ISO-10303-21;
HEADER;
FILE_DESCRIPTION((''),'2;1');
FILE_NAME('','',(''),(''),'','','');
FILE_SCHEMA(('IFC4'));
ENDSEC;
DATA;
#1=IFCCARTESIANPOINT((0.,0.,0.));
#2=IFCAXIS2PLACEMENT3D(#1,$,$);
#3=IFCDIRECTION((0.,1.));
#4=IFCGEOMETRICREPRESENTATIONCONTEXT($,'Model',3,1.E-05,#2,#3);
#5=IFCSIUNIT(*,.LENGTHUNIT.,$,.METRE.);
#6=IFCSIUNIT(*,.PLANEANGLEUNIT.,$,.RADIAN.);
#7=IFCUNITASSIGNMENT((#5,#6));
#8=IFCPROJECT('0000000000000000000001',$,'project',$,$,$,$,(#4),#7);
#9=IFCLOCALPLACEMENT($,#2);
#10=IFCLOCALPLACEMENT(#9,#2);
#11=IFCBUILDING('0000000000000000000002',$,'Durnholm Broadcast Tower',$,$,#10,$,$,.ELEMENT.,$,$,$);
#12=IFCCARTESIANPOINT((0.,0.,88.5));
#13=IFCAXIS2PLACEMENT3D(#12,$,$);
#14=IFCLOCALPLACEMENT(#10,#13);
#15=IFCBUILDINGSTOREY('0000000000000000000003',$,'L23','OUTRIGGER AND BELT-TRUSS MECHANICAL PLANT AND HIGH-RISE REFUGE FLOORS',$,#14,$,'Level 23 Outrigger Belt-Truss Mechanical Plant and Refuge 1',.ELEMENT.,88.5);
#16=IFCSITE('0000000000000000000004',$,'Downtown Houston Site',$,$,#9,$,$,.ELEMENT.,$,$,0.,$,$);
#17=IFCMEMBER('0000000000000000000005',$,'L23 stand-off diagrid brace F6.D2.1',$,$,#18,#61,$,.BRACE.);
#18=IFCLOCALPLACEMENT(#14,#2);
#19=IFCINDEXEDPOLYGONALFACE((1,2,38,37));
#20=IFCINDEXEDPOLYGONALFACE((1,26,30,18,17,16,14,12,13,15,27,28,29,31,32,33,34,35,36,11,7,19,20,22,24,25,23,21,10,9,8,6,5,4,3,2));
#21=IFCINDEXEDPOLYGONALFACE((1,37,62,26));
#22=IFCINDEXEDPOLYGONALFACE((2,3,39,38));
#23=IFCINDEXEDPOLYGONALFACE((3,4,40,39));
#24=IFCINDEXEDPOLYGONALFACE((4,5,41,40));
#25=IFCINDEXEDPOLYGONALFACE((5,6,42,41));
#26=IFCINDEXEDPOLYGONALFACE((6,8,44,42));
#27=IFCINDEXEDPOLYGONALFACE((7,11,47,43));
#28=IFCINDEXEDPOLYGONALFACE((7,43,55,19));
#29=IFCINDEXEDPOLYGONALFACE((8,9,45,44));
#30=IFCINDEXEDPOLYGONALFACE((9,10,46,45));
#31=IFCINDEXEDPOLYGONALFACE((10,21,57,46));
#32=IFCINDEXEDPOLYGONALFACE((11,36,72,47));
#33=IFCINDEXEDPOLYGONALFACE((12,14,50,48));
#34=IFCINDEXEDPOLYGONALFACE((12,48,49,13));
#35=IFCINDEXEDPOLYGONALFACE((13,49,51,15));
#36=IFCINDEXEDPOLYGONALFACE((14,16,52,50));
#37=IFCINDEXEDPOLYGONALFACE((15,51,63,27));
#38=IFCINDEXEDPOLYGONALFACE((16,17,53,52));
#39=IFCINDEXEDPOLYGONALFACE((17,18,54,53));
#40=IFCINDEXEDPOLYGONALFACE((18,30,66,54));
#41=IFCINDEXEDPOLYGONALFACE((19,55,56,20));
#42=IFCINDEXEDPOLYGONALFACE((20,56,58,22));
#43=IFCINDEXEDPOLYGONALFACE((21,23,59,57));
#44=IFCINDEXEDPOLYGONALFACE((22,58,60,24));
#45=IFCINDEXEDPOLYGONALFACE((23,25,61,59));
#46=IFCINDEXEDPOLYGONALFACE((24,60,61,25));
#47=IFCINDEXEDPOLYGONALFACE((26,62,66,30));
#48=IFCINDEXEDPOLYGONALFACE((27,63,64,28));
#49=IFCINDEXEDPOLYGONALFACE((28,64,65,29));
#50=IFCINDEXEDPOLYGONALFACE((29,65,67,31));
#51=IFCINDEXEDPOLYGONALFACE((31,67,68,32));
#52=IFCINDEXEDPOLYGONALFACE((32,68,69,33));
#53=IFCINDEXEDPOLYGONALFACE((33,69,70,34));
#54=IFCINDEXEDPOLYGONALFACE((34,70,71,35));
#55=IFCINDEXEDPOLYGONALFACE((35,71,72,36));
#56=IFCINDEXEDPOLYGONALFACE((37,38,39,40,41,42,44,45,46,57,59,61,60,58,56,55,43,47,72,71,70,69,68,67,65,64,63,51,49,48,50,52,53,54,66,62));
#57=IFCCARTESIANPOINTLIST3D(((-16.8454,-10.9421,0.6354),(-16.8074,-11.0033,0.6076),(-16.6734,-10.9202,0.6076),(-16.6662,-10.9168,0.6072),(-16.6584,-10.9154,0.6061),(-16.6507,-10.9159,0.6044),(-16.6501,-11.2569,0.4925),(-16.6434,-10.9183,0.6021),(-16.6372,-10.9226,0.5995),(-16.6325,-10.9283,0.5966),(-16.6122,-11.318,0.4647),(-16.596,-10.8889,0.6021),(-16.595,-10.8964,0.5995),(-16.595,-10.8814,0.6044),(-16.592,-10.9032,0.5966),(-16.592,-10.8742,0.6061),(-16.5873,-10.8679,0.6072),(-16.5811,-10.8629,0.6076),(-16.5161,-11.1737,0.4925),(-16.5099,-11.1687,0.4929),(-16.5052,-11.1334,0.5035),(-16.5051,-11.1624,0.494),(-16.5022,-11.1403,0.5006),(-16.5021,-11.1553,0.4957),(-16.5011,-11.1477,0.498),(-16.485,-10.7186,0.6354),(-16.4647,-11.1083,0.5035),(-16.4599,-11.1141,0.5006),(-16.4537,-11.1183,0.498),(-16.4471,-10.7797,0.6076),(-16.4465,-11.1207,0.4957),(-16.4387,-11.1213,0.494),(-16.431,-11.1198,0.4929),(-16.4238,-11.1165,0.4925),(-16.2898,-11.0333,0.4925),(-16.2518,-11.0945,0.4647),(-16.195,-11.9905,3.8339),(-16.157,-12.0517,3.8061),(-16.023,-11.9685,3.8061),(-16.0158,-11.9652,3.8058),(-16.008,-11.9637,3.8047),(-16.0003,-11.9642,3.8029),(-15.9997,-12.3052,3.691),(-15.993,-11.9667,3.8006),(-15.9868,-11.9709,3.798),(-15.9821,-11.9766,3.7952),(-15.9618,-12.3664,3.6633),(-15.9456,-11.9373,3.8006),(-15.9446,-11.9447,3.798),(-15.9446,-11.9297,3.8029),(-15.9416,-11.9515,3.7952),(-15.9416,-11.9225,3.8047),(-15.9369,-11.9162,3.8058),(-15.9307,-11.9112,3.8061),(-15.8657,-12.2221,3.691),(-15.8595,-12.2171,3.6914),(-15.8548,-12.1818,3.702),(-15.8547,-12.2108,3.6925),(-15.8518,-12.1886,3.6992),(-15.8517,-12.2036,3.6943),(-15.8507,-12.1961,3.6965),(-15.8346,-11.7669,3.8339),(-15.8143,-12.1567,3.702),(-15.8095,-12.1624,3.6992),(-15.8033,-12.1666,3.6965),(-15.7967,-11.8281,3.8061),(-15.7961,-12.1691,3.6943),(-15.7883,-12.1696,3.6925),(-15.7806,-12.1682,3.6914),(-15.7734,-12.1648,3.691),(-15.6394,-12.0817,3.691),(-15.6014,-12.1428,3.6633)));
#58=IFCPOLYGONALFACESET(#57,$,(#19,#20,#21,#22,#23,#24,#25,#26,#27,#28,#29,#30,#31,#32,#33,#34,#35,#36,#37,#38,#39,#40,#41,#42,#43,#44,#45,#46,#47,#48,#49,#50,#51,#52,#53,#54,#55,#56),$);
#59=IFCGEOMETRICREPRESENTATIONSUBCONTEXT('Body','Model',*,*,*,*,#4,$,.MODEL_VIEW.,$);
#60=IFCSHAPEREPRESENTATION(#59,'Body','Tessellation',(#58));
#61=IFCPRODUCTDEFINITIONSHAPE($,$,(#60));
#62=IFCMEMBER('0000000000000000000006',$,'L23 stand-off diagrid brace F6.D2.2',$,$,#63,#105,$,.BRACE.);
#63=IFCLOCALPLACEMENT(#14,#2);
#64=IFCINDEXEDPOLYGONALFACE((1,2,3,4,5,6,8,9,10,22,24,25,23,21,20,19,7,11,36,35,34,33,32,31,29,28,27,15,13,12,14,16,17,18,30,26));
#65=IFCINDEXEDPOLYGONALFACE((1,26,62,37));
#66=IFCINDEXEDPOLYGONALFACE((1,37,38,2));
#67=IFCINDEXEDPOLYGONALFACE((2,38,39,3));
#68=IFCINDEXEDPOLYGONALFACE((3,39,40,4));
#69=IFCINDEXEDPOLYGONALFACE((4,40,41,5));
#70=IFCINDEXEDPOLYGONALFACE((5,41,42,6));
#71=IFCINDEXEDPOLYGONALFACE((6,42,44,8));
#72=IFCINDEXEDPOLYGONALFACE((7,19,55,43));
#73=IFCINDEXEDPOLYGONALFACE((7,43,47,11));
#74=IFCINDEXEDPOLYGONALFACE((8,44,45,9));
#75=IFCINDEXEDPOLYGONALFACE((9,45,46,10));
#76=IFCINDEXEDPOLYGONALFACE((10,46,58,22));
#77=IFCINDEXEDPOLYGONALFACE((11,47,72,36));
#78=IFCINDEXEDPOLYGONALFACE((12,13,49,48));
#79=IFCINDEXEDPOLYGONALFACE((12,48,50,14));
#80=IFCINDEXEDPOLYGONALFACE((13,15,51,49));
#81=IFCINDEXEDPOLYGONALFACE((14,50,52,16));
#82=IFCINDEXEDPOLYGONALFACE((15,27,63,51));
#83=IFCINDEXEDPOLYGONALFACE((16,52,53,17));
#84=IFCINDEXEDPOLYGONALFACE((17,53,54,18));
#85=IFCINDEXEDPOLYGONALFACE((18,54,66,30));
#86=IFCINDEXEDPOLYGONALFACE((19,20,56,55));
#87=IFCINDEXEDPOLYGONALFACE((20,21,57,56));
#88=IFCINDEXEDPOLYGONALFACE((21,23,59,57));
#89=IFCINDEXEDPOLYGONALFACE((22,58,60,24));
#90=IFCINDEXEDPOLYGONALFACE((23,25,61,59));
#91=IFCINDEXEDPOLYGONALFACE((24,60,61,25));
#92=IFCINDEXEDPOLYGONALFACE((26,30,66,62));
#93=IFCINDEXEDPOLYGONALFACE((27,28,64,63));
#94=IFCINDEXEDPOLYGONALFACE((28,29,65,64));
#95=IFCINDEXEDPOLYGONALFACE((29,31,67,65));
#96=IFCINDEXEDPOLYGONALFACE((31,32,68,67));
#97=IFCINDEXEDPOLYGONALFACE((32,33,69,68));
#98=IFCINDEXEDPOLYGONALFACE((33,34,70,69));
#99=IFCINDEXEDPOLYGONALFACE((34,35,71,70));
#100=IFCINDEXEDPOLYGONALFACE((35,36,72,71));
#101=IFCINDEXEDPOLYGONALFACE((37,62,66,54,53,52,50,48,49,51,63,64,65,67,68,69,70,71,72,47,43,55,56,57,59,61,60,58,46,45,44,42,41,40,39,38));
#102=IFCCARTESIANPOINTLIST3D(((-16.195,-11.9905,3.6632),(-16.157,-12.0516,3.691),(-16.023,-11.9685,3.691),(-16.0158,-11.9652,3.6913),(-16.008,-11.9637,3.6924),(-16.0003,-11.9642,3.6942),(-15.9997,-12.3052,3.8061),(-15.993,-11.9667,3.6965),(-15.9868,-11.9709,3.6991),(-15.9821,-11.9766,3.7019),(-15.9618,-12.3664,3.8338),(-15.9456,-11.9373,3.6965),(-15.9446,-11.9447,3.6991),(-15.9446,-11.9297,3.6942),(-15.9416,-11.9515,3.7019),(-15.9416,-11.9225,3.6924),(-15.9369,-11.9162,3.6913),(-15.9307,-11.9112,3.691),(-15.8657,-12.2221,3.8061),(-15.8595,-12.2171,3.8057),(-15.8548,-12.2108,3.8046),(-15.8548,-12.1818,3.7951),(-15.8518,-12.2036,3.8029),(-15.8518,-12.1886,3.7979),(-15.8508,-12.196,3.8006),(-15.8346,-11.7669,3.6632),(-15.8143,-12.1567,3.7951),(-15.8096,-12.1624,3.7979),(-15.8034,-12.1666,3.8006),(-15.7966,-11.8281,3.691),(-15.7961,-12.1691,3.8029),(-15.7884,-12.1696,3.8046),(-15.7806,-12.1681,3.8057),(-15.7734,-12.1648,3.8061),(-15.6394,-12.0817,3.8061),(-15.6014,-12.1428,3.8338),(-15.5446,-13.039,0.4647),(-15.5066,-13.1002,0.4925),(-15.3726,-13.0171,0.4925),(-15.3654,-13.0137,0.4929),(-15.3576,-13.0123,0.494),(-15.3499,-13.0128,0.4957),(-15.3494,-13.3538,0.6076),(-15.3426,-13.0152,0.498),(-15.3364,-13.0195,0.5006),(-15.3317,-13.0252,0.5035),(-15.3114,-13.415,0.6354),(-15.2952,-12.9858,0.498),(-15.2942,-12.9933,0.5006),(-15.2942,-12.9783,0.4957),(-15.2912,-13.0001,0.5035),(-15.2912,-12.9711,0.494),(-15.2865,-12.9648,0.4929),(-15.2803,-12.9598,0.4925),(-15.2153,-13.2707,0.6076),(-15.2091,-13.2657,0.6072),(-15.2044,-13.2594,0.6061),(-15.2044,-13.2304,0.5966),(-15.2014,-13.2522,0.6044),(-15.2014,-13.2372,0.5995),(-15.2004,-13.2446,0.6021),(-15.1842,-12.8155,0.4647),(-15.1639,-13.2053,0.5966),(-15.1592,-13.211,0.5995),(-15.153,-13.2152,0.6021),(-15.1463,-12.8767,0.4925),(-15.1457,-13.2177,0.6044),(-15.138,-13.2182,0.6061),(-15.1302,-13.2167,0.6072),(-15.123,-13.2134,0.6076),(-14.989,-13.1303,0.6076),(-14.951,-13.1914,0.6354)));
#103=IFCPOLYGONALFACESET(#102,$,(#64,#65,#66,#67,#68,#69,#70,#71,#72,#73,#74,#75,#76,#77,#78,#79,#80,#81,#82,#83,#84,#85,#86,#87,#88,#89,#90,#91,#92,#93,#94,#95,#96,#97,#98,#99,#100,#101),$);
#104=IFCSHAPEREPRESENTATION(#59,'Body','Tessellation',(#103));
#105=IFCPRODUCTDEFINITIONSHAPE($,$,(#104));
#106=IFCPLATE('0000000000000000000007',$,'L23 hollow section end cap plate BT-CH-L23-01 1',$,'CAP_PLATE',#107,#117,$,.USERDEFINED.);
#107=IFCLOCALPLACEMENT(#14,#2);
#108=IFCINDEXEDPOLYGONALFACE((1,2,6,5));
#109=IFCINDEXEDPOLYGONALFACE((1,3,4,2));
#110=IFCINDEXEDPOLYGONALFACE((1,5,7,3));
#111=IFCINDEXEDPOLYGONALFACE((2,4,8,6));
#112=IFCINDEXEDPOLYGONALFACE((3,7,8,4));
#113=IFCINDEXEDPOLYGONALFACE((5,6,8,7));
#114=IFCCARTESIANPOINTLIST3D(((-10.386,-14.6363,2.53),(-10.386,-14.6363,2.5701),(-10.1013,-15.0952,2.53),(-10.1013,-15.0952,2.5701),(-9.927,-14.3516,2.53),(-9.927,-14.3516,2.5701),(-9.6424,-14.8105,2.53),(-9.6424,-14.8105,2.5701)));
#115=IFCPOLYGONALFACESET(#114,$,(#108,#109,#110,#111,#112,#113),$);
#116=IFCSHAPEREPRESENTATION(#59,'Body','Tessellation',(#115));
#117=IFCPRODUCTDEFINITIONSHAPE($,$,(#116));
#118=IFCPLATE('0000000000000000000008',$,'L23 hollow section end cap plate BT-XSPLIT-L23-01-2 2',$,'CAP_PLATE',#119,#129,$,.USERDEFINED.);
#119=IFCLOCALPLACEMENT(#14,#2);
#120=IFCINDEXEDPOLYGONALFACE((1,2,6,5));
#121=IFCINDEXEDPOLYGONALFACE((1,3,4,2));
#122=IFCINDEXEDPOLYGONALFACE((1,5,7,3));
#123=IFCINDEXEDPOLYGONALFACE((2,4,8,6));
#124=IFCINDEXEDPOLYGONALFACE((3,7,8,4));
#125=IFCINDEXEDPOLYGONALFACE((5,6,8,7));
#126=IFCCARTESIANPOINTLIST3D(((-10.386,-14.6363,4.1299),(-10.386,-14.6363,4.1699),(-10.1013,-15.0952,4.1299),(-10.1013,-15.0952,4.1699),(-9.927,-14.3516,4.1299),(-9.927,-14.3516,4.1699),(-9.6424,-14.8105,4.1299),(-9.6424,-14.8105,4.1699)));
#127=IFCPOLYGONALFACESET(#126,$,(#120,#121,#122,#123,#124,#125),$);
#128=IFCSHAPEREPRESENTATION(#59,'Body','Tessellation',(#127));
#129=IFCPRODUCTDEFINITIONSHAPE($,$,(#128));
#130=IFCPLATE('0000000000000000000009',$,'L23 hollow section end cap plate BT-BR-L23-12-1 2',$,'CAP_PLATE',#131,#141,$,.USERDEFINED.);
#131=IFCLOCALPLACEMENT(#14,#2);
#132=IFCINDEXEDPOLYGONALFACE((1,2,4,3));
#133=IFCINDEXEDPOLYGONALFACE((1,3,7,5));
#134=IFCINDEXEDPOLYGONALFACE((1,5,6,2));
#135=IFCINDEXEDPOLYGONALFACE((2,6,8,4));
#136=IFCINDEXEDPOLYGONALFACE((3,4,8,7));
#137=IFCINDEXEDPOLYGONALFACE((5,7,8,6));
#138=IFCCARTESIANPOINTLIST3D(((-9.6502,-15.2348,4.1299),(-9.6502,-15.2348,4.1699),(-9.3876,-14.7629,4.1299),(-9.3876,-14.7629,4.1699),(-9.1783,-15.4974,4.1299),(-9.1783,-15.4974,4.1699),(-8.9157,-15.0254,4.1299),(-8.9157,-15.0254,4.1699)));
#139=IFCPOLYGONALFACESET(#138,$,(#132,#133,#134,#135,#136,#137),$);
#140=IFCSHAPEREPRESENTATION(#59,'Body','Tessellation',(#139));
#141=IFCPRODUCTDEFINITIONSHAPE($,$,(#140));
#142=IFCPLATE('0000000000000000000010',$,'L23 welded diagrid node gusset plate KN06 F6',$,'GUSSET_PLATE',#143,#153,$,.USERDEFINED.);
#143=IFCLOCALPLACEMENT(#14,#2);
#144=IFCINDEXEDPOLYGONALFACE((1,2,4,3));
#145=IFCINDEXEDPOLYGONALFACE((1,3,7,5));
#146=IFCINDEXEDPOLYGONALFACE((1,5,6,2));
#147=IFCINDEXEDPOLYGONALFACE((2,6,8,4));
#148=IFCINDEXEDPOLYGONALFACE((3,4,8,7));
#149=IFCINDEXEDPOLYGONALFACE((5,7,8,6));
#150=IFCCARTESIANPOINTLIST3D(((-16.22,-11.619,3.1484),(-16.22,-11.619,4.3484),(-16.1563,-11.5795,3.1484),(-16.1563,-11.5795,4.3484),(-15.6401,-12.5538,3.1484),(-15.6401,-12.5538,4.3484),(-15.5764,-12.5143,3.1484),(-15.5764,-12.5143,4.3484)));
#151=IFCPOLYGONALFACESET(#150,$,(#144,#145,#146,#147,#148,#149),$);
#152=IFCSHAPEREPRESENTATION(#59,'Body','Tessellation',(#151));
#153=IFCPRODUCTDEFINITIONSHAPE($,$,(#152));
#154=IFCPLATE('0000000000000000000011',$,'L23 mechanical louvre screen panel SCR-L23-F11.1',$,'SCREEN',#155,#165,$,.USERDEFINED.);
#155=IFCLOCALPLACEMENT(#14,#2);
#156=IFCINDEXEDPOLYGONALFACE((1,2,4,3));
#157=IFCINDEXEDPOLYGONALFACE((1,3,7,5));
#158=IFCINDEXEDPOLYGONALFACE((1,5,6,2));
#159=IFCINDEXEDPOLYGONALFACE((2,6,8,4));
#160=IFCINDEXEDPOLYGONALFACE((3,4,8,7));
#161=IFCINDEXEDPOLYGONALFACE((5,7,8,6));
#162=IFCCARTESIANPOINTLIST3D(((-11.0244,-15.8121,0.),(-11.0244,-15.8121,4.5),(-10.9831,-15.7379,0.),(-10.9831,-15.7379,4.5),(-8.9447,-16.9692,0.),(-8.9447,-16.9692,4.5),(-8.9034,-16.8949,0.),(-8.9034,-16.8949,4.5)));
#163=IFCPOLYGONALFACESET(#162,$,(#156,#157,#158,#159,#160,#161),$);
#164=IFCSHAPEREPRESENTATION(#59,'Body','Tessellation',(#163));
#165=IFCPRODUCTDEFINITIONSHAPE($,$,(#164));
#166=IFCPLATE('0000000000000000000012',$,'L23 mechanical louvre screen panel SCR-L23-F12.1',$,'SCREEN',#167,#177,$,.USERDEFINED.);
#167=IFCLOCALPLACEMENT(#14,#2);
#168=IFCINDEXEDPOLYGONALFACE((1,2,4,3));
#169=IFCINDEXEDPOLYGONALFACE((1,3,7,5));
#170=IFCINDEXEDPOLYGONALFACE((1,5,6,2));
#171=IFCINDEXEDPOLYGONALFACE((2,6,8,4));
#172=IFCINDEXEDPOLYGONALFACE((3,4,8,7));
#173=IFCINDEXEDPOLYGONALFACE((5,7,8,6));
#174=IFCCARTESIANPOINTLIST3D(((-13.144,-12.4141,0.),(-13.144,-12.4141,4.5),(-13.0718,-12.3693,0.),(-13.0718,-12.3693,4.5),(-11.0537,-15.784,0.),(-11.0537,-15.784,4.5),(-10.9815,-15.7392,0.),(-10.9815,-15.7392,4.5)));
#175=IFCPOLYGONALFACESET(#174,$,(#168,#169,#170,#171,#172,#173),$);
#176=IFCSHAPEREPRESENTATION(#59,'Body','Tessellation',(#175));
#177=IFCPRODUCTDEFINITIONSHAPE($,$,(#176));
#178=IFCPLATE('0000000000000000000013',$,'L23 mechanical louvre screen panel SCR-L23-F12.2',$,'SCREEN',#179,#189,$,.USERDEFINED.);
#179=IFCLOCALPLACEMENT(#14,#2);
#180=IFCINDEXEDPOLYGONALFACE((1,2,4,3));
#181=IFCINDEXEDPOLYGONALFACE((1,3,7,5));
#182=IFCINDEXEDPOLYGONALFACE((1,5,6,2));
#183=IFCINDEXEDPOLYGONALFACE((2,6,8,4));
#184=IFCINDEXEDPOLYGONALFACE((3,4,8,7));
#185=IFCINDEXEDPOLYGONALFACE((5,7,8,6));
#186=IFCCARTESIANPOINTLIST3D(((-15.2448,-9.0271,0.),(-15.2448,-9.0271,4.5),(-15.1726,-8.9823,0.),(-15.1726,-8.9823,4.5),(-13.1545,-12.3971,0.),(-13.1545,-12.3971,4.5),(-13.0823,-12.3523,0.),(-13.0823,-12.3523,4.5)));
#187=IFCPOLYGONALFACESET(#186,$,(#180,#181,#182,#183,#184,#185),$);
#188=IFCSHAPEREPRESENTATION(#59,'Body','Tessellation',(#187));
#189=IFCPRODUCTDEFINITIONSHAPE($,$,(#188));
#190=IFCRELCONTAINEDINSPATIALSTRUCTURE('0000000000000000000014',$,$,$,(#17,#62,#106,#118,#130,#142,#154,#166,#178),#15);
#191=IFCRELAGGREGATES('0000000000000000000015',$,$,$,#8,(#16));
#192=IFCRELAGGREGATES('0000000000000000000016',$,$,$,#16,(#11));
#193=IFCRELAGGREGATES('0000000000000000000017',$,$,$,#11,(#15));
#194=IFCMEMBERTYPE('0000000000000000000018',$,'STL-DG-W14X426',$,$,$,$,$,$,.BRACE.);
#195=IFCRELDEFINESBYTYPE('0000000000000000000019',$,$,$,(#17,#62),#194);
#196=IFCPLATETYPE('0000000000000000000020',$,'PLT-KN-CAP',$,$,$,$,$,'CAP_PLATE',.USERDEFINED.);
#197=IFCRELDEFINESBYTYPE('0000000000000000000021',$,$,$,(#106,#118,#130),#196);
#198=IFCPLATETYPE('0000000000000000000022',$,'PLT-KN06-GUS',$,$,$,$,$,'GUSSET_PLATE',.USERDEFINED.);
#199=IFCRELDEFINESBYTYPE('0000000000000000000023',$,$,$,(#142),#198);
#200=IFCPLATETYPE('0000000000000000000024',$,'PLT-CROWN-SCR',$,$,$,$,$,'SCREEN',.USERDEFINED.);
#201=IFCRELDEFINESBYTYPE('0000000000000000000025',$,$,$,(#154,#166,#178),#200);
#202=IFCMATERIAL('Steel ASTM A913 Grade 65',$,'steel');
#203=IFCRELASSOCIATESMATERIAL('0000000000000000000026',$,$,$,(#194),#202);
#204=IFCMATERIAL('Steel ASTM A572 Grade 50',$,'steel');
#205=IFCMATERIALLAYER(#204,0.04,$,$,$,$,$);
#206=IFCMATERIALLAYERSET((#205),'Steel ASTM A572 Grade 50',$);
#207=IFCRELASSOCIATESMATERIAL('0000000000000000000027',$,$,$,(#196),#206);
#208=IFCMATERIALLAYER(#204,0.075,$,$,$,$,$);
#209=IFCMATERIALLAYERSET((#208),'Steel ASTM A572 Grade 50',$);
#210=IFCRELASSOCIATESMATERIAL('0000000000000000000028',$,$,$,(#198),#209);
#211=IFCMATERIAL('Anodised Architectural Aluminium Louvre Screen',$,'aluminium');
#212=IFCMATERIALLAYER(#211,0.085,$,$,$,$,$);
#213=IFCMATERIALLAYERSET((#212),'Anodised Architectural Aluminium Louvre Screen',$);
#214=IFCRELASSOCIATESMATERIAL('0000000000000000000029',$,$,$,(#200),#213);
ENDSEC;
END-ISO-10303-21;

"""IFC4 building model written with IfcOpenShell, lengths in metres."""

from ifc_helpers import new_model, si_unit, direction, frame, origin, origin_2d, place, context, subcontext, project, spatial, rectangle, i_section, extrude, source, transform, mapped, material, layer, layer_set, material_profile, profile_set, type_object, type_shapes, element, save


model = new_model("IFC4")

# Units and contexts
model_context = context("Model", 3, precision=1e-05, world=origin(), true_north=direction((0.0, 1.0)))
body_context = subcontext(model_context, "Body", "Model", "MODEL_VIEW")
ifc_project = project(units=[si_unit("LENGTHUNIT", "METRE"), si_unit("PLANEANGLEUNIT", "RADIAN")], contexts=[model_context])

# Site, building, storey
site_placement = place(None, origin())
site = spatial("IfcSite", under=ifc_project, at=site_placement, Name="Downtown Houston Site", CompositionType="ELEMENT", RefElevation=0.0)
building_placement = place(site_placement, origin())
building = spatial("IfcBuilding", under=site, at=building_placement, Name="Durnholm Broadcast Tower", CompositionType="ELEMENT")
storey_placement = place(building_placement, frame((0.0, 0.0, 88.5)))
storey = spatial("IfcBuildingStorey", under=building, at=storey_placement, Name="L23", Description="OUTRIGGER AND BELT-TRUSS MECHANICAL PLANT AND HIGH-RISE REFUGE FLOORS", LongName="Level 23 Outrigger Belt-Truss Mechanical Plant and Refuge 1", CompositionType="ELEMENT", Elevation=88.5)

# Members
ifc_material_1 = material(Name="Steel ASTM A913 Grade 65", Category="steel")
ifc_material_profile_1 = material_profile(ifc_material_1, i_section(OverallWidth=0.4241, OverallDepth=0.4741, WebThickness=0.0476, FlangeThickness=0.0771, FilletRadius=0.0305, at=origin_2d()), Name="W14X426")
ifc_profile_set_1 = profile_set([ifc_material_profile_1], Name="Steel ASTM A913 Grade 65")
member_type_1 = type_object("IfcMemberType", Name="STL-DG-W14X426", PredefinedType="BRACE", material=ifc_profile_set_1)
shared_shape_1 = source(origin(), body_context, "Body", "SweptSolid", [
    extrude(i_section(OverallWidth=0.4241, OverallDepth=0.4741, WebThickness=0.0476, FlangeThickness=0.0771, FilletRadius=0.0305, at=origin_2d()), origin(), (0.0, 0.0, 1.0), 3.4282),
])
type_shapes(member_type_1, [shared_shape_1])
for number, where, z_axis, x_axis, name in (
    (1, (-16.5486, -11.0183, 0.55), (0.18972, -0.305802, 0.933001), (0.84975, 0.527186, 0.0), "L23 stand-off diagrid brace F6.D2.1"),
    (2, (-15.2478, -13.1152, 0.55), (-0.189715, 0.305866, 0.932981), (-0.849805, -0.527097, 0.0), "L23 stand-off diagrid brace F6.D2.2"),
):
    element("IfcMember", number, at=place(storey_placement, frame(where, z_axis=z_axis, x_axis=x_axis)), inside=storey, type_object=member_type_1, Name=name, PredefinedType="BRACE", context=body_context, shape_type="MappedRepresentation", body=[
        mapped(shared_shape_1, transform((0.0, 0.0, 0.0), x_axis=(1.0, 0.0, 0.0), y_axis=(0.0, 1.0, 0.0), z_axis=(0.0, 0.0, 1.0), scale=1.0)),
    ])

# Plates
ifc_material_2 = material(Name="Steel ASTM A572 Grade 50", Category="steel")
ifc_layer_1 = layer(ifc_material_2, 0.04)
ifc_layer_set_1 = layer_set([ifc_layer_1], Name="Steel ASTM A572 Grade 50")
plate_type_1 = type_object("IfcPlateType", Name="PLT-KN-CAP", ElementType="CAP_PLATE", PredefinedType="USERDEFINED", material=ifc_layer_set_1)
shared_shape_2 = source(origin(), body_context, "Body", "SweptSolid", [
    extrude(rectangle(XDim=0.54, YDim=0.54, at=origin_2d()), origin(), (0.0, 0.0, 1.0), 0.04),
])
type_shapes(plate_type_1, [shared_shape_2])
for number, where, z_axis, x_axis, name in (
    (3, (-10.0142, -14.7234, 2.53), (0.0, 0.0, 1.0), (-0.527104, 0.849801, 0.0), "L23 hollow section end cap plate BT-CH-L23-01 1"),
    (4, (-10.0142, -14.7234, 4.1299), (0.0, 0.0, 1.0), (0.527104, -0.849801, 0.0), "L23 hollow section end cap plate BT-XSPLIT-L23-01-2 2"),
    (5, (-9.283, -15.1301, 4.1299), (0.0, 0.0, 1.0), (-0.873857, 0.486183, 0.0), "L23 hollow section end cap plate BT-BR-L23-12-1 2"),
):
    element("IfcPlate", number, at=place(storey_placement, frame(where, z_axis=z_axis, x_axis=x_axis)), inside=storey, type_object=plate_type_1, Name=name, ObjectType="CAP_PLATE", PredefinedType="USERDEFINED", context=body_context, shape_type="MappedRepresentation", body=[
        mapped(shared_shape_2, transform((0.0, 0.0, 0.0), x_axis=(1.0, 0.0, 0.0), y_axis=(0.0, 1.0, 0.0), z_axis=(0.0, 0.0, 1.0), scale=1.0)),
    ])
ifc_layer_2 = layer(ifc_material_2, 0.075)
ifc_layer_set_2 = layer_set([ifc_layer_2], Name="Steel ASTM A572 Grade 50")
plate_type_2 = type_object("IfcPlateType", Name="PLT-KN06-GUS", ElementType="GUSSET_PLATE", PredefinedType="USERDEFINED", material=ifc_layer_set_2)
shared_shape_3 = source(origin(), body_context, "Body", "SweptSolid", [
    extrude(rectangle(XDim=1.1001, YDim=0.075, at=origin_2d()), origin(), (0.0, 0.0, 1.0), 1.2),
])
type_shapes(plate_type_2, [shared_shape_3])
plate_1_placement = place(storey_placement, frame((-15.8982, -12.0667, 3.1484), z_axis=(0.0, 0.0, 1.0), x_axis=(0.527104, -0.849801, 0.0)))
element("IfcPlate", 6, at=plate_1_placement, inside=storey, type_object=plate_type_2, Name="L23 welded diagrid node gusset plate KN06 F6", ObjectType="GUSSET_PLATE", PredefinedType="USERDEFINED", context=body_context, shape_type="MappedRepresentation", body=[
    mapped(shared_shape_3, transform((0.0, 0.0, 0.0), x_axis=(1.0, 0.0, 0.0), y_axis=(0.0, 1.0, 0.0), z_axis=(0.0, 0.0, 1.0), scale=1.0)),
])
ifc_material_3 = material(Name="Anodised Architectural Aluminium Louvre Screen", Category="aluminium")
ifc_layer_3 = layer(ifc_material_3, 0.085)
ifc_layer_set_3 = layer_set([ifc_layer_3], Name="Anodised Architectural Aluminium Louvre Screen")
plate_type_3 = type_object("IfcPlateType", Name="PLT-CROWN-SCR", ElementType="SCREEN", PredefinedType="USERDEFINED", material=ifc_layer_set_3)
shared_shape_4 = source(origin(), body_context, "Body", "SweptSolid", [
    extrude(rectangle(XDim=2.3799, YDim=0.085, at=origin_2d()), origin(), (0.0, 0.0, 1.0), 4.5),
])
plate_2_placement = place(storey_placement, frame((-9.9639, -16.3535, 0.0), z_axis=(0.0, 0.0, 1.0), x_axis=(-0.873857, 0.486183, 0.0)))
element("IfcPlate", 7, at=plate_2_placement, inside=storey, type_object=plate_type_3, Name="L23 mechanical louvre screen panel SCR-L23-F11.1", ObjectType="SCREEN", PredefinedType="USERDEFINED", context=body_context, shape_type="MappedRepresentation", body=[
    mapped(shared_shape_4, transform((0.0, 0.0, 0.0), x_axis=(1.0, 0.0, 0.0), y_axis=(0.0, 1.0, 0.0), z_axis=(0.0, 0.0, 1.0), scale=1.0)),
])
shared_shape_5 = source(origin(), body_context, "Body", "SweptSolid", [
    extrude(rectangle(XDim=3.9656, YDim=0.085, at=origin_2d()), origin(), (0.0, 0.0, 1.0), 4.5),
])
type_shapes(plate_type_3, [shared_shape_4, shared_shape_5])
for number, where, z_axis, x_axis, name in (
    (8, (-12.0627, -14.0767, 0.0), (0.0, 0.0, 1.0), (-0.527104, 0.849801, 0.0), "L23 mechanical louvre screen panel SCR-L23-F12.1"),
    (9, (-14.1636, -10.6897, 0.0), (0.0, 0.0, 1.0), (-0.527104, 0.849801, 0.0), "L23 mechanical louvre screen panel SCR-L23-F12.2"),
):
    element("IfcPlate", number, at=place(storey_placement, frame(where, z_axis=z_axis, x_axis=x_axis)), inside=storey, type_object=plate_type_3, Name=name, ObjectType="SCREEN", PredefinedType="USERDEFINED", context=body_context, shape_type="MappedRepresentation", body=[
        mapped(shared_shape_5, transform((0.0, 0.0, 0.0), x_axis=(1.0, 0.0, 0.0), y_axis=(0.0, 1.0, 0.0), z_axis=(0.0, 0.0, 1.0), scale=1.0)),
    ])

save(model, "model.ifc")
